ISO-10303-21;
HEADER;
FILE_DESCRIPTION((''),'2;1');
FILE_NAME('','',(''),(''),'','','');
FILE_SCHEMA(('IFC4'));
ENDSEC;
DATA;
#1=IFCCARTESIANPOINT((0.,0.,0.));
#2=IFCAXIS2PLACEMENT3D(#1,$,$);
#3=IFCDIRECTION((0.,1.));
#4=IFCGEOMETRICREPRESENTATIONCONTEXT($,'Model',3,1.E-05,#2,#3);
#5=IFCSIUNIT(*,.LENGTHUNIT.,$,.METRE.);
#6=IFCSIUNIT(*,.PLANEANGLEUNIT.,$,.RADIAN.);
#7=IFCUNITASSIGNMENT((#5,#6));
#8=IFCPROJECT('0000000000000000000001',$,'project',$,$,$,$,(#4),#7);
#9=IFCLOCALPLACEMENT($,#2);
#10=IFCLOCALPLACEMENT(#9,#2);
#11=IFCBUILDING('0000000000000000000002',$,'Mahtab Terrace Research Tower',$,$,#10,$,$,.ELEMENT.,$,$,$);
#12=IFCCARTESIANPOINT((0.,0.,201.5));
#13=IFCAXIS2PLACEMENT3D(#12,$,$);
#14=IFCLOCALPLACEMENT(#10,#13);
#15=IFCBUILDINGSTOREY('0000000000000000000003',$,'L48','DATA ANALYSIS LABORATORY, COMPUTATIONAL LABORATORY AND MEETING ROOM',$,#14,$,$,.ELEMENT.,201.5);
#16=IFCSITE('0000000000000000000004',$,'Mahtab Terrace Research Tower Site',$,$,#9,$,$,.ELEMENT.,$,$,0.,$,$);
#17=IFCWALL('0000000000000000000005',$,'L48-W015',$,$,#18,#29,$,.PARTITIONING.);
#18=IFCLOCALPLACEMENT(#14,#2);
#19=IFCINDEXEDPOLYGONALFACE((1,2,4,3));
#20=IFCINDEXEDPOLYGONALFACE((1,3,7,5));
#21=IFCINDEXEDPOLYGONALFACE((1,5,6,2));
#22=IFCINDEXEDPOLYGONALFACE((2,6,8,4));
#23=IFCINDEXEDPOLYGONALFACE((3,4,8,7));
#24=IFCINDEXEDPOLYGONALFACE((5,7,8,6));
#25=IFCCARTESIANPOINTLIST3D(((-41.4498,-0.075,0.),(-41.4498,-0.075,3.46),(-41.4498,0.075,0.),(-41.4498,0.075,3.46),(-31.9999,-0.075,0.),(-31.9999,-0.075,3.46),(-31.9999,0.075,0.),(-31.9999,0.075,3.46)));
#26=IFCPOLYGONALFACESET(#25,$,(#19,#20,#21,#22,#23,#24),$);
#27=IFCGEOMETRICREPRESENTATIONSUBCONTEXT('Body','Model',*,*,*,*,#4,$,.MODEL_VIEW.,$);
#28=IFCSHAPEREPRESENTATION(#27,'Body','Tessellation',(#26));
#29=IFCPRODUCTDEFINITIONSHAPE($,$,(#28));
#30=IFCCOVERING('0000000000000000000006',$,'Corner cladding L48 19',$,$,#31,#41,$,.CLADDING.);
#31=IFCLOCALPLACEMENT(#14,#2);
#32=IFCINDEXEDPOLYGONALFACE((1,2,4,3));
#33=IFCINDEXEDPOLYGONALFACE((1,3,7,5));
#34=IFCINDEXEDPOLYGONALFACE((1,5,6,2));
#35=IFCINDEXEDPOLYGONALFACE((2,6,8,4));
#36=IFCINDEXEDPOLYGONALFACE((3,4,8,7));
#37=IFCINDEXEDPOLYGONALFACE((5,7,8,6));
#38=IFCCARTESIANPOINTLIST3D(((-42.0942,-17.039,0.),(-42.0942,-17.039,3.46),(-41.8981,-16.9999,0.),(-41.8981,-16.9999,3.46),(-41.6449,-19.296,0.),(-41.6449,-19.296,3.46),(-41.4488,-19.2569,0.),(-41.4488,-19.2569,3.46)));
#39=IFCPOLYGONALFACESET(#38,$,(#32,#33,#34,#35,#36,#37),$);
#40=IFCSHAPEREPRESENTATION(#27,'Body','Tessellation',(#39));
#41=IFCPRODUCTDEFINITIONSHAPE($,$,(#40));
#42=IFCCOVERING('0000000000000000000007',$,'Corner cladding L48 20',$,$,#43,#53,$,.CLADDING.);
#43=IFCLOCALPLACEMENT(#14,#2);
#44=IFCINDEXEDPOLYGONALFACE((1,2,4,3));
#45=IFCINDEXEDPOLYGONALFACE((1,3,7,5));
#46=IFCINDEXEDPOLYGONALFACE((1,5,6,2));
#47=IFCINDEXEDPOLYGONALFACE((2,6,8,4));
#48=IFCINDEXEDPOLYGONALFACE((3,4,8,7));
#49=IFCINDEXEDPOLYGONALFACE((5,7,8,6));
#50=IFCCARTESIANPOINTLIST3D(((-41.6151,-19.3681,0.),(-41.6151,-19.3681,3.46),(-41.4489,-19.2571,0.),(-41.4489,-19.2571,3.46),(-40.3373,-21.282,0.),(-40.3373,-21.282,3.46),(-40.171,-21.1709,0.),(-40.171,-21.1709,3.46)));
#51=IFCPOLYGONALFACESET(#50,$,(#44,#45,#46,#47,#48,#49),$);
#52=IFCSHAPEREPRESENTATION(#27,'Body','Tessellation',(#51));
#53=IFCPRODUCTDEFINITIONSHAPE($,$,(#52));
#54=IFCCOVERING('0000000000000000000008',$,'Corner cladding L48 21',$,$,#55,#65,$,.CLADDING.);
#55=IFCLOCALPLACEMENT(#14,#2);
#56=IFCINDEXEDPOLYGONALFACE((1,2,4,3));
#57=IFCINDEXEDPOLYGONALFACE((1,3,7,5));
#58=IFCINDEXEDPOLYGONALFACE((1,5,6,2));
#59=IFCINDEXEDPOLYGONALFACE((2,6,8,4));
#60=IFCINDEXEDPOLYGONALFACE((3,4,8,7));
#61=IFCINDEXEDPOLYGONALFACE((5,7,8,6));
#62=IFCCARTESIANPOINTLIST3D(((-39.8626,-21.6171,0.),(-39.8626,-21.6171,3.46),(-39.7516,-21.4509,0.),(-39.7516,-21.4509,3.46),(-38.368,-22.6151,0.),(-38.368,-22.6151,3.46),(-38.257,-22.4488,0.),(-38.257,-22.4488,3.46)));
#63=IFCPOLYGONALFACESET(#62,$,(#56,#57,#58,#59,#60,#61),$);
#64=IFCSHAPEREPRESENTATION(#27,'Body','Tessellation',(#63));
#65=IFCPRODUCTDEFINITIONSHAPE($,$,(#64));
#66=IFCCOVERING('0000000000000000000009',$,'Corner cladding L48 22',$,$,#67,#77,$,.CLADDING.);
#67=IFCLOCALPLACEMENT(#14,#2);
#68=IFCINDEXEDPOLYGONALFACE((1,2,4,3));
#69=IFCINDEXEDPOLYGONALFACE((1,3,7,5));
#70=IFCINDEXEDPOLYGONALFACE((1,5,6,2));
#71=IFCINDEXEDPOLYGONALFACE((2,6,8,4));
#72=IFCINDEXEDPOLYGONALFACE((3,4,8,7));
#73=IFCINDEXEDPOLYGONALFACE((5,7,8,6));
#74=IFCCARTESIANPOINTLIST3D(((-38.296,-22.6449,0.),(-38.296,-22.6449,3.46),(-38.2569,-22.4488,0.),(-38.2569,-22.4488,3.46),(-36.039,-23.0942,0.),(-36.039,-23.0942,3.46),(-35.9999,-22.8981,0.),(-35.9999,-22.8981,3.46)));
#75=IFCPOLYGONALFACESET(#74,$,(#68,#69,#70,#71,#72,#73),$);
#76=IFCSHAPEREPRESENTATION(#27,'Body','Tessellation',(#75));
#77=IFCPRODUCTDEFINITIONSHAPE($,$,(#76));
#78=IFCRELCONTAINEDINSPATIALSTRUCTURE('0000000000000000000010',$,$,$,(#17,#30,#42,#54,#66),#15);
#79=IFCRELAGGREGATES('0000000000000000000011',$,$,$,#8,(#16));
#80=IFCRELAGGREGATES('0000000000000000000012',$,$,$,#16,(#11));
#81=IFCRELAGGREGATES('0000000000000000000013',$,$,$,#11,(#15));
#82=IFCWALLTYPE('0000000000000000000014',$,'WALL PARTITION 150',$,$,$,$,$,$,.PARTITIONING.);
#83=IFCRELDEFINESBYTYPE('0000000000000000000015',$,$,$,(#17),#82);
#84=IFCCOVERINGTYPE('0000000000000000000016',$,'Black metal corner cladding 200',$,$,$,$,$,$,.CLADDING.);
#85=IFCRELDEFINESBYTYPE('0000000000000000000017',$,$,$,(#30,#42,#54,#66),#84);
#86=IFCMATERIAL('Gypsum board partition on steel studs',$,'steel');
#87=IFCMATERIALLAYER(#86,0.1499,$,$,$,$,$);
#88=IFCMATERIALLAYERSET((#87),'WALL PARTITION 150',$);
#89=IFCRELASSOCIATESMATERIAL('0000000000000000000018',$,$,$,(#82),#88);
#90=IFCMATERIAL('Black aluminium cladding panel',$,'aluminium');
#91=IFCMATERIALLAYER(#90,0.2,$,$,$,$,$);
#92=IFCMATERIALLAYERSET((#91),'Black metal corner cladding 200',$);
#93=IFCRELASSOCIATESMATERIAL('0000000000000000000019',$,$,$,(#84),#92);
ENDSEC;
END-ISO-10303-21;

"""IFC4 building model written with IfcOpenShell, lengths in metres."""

from ifc_helpers import new_model, si_unit, direction, frame, frame_2d, origin, origin_2d, place, context, subcontext, project, spatial, rectangle, extrude, material, layer, layer_set, type_object, element, save


model = new_model("IFC4")

# Units and contexts
model_context = context("Model", 3, precision=1e-05, world=origin(), true_north=direction((0.0, 1.0)))
body_context = subcontext(model_context, "Body", "Model", "MODEL_VIEW")
ifc_project = project(units=[si_unit("LENGTHUNIT", "METRE"), si_unit("PLANEANGLEUNIT", "RADIAN")], contexts=[model_context])

# Site, building, storey
site_placement = place(None, origin())
site = spatial("IfcSite", under=ifc_project, at=site_placement, Name="Mahtab Terrace Research Tower Site", CompositionType="ELEMENT", RefElevation=0.0)
building_placement = place(site_placement, origin())
building = spatial("IfcBuilding", under=site, at=building_placement, Name="Mahtab Terrace Research Tower", CompositionType="ELEMENT")
storey_placement = place(building_placement, frame((0.0, 0.0, 201.5)))
storey = spatial("IfcBuildingStorey", under=building, at=storey_placement, Name="L48", Description="DATA ANALYSIS LABORATORY, COMPUTATIONAL LABORATORY AND MEETING ROOM", CompositionType="ELEMENT", Elevation=201.5)

# Wall
ifc_material_1 = material(Name="Gypsum board partition on steel studs", Category="steel")
ifc_layer_1 = layer(ifc_material_1, 0.1499)
ifc_layer_set_1 = layer_set([ifc_layer_1], Name="WALL PARTITION 150")
wall_type_1 = type_object("IfcWallType", Name="WALL PARTITION 150", PredefinedType="PARTITIONING", material=ifc_layer_set_1)
wall_1_placement = place(storey_placement, frame((-41.45, 0.0, 0.0), z_axis=(0.0, 0.0, 1.0), x_axis=(1.0, 0.0, 0.0)))
element("IfcWall", 1, at=wall_1_placement, inside=storey, type_object=wall_type_1, Name="L48-W015", PredefinedType="PARTITIONING", context=body_context, shape_type="SweptSolid", body=[
    extrude(rectangle(XDim=9.45, YDim=0.1499, at=frame_2d((4.7251, 0.0))), origin(), (0.0, 0.0, 1.0), 3.46),
])

# Coverings
ifc_material_2 = material(Name="Black aluminium cladding panel", Category="aluminium")
ifc_layer_2 = layer(ifc_material_2, 0.2)
ifc_layer_set_2 = layer_set([ifc_layer_2], Name="Black metal corner cladding 200")
covering_type = type_object("IfcCoveringType", Name="Black metal corner cladding 200", PredefinedType="CLADDING", material=ifc_layer_set_2)
for number, where, z_axis, x_axis, name in (
    (2, (-41.7715, -18.1479, 0.0), (0.0, 0.0, 1.0), (0.195212, -0.980761, 0.0), "Corner cladding L48 19"),
    (3, (-40.8931, -20.2695, 0.0), (0.0, 0.0, 1.0), (0.555291, -0.831656, 0.0), "Corner cladding L48 20"),
):
    element("IfcCovering", number, at=place(storey_placement, frame(where, z_axis=z_axis, x_axis=x_axis)), inside=storey, type_object=covering_type, Name=name, PredefinedType="CLADDING", context=body_context, shape_type="SweptSolid", body=[
        extrude(rectangle(XDim=2.3013, YDim=0.2, at=origin_2d()), origin(), (0.0, 0.0, 1.0), 3.46),
    ])
covering_1_placement = place(storey_placement, frame((-39.0598, -22.033, 0.0), z_axis=(0.0, 0.0, 1.0), x_axis=(0.831656, -0.555291, 0.0)))
element("IfcCovering", 4, at=covering_1_placement, inside=storey, type_object=covering_type, Name="Corner cladding L48 21", PredefinedType="CLADDING", context=body_context, shape_type="SweptSolid", body=[
    extrude(rectangle(XDim=1.7971, YDim=0.2, at=origin_2d()), origin(), (0.0, 0.0, 1.0), 3.46),
])
covering_2_placement = place(storey_placement, frame((-37.1479, -22.7715, 0.0), z_axis=(0.0, 0.0, 1.0), x_axis=(0.980761, -0.195212, 0.0)))
element("IfcCovering", 5, at=covering_2_placement, inside=storey, type_object=covering_type, Name="Corner cladding L48 22", PredefinedType="CLADDING", context=body_context, shape_type="SweptSolid", body=[
    extrude(rectangle(XDim=2.3013, YDim=0.2, at=origin_2d()), origin(), (0.0, 0.0, 1.0), 3.46),
])

save(model, "model.ifc")
